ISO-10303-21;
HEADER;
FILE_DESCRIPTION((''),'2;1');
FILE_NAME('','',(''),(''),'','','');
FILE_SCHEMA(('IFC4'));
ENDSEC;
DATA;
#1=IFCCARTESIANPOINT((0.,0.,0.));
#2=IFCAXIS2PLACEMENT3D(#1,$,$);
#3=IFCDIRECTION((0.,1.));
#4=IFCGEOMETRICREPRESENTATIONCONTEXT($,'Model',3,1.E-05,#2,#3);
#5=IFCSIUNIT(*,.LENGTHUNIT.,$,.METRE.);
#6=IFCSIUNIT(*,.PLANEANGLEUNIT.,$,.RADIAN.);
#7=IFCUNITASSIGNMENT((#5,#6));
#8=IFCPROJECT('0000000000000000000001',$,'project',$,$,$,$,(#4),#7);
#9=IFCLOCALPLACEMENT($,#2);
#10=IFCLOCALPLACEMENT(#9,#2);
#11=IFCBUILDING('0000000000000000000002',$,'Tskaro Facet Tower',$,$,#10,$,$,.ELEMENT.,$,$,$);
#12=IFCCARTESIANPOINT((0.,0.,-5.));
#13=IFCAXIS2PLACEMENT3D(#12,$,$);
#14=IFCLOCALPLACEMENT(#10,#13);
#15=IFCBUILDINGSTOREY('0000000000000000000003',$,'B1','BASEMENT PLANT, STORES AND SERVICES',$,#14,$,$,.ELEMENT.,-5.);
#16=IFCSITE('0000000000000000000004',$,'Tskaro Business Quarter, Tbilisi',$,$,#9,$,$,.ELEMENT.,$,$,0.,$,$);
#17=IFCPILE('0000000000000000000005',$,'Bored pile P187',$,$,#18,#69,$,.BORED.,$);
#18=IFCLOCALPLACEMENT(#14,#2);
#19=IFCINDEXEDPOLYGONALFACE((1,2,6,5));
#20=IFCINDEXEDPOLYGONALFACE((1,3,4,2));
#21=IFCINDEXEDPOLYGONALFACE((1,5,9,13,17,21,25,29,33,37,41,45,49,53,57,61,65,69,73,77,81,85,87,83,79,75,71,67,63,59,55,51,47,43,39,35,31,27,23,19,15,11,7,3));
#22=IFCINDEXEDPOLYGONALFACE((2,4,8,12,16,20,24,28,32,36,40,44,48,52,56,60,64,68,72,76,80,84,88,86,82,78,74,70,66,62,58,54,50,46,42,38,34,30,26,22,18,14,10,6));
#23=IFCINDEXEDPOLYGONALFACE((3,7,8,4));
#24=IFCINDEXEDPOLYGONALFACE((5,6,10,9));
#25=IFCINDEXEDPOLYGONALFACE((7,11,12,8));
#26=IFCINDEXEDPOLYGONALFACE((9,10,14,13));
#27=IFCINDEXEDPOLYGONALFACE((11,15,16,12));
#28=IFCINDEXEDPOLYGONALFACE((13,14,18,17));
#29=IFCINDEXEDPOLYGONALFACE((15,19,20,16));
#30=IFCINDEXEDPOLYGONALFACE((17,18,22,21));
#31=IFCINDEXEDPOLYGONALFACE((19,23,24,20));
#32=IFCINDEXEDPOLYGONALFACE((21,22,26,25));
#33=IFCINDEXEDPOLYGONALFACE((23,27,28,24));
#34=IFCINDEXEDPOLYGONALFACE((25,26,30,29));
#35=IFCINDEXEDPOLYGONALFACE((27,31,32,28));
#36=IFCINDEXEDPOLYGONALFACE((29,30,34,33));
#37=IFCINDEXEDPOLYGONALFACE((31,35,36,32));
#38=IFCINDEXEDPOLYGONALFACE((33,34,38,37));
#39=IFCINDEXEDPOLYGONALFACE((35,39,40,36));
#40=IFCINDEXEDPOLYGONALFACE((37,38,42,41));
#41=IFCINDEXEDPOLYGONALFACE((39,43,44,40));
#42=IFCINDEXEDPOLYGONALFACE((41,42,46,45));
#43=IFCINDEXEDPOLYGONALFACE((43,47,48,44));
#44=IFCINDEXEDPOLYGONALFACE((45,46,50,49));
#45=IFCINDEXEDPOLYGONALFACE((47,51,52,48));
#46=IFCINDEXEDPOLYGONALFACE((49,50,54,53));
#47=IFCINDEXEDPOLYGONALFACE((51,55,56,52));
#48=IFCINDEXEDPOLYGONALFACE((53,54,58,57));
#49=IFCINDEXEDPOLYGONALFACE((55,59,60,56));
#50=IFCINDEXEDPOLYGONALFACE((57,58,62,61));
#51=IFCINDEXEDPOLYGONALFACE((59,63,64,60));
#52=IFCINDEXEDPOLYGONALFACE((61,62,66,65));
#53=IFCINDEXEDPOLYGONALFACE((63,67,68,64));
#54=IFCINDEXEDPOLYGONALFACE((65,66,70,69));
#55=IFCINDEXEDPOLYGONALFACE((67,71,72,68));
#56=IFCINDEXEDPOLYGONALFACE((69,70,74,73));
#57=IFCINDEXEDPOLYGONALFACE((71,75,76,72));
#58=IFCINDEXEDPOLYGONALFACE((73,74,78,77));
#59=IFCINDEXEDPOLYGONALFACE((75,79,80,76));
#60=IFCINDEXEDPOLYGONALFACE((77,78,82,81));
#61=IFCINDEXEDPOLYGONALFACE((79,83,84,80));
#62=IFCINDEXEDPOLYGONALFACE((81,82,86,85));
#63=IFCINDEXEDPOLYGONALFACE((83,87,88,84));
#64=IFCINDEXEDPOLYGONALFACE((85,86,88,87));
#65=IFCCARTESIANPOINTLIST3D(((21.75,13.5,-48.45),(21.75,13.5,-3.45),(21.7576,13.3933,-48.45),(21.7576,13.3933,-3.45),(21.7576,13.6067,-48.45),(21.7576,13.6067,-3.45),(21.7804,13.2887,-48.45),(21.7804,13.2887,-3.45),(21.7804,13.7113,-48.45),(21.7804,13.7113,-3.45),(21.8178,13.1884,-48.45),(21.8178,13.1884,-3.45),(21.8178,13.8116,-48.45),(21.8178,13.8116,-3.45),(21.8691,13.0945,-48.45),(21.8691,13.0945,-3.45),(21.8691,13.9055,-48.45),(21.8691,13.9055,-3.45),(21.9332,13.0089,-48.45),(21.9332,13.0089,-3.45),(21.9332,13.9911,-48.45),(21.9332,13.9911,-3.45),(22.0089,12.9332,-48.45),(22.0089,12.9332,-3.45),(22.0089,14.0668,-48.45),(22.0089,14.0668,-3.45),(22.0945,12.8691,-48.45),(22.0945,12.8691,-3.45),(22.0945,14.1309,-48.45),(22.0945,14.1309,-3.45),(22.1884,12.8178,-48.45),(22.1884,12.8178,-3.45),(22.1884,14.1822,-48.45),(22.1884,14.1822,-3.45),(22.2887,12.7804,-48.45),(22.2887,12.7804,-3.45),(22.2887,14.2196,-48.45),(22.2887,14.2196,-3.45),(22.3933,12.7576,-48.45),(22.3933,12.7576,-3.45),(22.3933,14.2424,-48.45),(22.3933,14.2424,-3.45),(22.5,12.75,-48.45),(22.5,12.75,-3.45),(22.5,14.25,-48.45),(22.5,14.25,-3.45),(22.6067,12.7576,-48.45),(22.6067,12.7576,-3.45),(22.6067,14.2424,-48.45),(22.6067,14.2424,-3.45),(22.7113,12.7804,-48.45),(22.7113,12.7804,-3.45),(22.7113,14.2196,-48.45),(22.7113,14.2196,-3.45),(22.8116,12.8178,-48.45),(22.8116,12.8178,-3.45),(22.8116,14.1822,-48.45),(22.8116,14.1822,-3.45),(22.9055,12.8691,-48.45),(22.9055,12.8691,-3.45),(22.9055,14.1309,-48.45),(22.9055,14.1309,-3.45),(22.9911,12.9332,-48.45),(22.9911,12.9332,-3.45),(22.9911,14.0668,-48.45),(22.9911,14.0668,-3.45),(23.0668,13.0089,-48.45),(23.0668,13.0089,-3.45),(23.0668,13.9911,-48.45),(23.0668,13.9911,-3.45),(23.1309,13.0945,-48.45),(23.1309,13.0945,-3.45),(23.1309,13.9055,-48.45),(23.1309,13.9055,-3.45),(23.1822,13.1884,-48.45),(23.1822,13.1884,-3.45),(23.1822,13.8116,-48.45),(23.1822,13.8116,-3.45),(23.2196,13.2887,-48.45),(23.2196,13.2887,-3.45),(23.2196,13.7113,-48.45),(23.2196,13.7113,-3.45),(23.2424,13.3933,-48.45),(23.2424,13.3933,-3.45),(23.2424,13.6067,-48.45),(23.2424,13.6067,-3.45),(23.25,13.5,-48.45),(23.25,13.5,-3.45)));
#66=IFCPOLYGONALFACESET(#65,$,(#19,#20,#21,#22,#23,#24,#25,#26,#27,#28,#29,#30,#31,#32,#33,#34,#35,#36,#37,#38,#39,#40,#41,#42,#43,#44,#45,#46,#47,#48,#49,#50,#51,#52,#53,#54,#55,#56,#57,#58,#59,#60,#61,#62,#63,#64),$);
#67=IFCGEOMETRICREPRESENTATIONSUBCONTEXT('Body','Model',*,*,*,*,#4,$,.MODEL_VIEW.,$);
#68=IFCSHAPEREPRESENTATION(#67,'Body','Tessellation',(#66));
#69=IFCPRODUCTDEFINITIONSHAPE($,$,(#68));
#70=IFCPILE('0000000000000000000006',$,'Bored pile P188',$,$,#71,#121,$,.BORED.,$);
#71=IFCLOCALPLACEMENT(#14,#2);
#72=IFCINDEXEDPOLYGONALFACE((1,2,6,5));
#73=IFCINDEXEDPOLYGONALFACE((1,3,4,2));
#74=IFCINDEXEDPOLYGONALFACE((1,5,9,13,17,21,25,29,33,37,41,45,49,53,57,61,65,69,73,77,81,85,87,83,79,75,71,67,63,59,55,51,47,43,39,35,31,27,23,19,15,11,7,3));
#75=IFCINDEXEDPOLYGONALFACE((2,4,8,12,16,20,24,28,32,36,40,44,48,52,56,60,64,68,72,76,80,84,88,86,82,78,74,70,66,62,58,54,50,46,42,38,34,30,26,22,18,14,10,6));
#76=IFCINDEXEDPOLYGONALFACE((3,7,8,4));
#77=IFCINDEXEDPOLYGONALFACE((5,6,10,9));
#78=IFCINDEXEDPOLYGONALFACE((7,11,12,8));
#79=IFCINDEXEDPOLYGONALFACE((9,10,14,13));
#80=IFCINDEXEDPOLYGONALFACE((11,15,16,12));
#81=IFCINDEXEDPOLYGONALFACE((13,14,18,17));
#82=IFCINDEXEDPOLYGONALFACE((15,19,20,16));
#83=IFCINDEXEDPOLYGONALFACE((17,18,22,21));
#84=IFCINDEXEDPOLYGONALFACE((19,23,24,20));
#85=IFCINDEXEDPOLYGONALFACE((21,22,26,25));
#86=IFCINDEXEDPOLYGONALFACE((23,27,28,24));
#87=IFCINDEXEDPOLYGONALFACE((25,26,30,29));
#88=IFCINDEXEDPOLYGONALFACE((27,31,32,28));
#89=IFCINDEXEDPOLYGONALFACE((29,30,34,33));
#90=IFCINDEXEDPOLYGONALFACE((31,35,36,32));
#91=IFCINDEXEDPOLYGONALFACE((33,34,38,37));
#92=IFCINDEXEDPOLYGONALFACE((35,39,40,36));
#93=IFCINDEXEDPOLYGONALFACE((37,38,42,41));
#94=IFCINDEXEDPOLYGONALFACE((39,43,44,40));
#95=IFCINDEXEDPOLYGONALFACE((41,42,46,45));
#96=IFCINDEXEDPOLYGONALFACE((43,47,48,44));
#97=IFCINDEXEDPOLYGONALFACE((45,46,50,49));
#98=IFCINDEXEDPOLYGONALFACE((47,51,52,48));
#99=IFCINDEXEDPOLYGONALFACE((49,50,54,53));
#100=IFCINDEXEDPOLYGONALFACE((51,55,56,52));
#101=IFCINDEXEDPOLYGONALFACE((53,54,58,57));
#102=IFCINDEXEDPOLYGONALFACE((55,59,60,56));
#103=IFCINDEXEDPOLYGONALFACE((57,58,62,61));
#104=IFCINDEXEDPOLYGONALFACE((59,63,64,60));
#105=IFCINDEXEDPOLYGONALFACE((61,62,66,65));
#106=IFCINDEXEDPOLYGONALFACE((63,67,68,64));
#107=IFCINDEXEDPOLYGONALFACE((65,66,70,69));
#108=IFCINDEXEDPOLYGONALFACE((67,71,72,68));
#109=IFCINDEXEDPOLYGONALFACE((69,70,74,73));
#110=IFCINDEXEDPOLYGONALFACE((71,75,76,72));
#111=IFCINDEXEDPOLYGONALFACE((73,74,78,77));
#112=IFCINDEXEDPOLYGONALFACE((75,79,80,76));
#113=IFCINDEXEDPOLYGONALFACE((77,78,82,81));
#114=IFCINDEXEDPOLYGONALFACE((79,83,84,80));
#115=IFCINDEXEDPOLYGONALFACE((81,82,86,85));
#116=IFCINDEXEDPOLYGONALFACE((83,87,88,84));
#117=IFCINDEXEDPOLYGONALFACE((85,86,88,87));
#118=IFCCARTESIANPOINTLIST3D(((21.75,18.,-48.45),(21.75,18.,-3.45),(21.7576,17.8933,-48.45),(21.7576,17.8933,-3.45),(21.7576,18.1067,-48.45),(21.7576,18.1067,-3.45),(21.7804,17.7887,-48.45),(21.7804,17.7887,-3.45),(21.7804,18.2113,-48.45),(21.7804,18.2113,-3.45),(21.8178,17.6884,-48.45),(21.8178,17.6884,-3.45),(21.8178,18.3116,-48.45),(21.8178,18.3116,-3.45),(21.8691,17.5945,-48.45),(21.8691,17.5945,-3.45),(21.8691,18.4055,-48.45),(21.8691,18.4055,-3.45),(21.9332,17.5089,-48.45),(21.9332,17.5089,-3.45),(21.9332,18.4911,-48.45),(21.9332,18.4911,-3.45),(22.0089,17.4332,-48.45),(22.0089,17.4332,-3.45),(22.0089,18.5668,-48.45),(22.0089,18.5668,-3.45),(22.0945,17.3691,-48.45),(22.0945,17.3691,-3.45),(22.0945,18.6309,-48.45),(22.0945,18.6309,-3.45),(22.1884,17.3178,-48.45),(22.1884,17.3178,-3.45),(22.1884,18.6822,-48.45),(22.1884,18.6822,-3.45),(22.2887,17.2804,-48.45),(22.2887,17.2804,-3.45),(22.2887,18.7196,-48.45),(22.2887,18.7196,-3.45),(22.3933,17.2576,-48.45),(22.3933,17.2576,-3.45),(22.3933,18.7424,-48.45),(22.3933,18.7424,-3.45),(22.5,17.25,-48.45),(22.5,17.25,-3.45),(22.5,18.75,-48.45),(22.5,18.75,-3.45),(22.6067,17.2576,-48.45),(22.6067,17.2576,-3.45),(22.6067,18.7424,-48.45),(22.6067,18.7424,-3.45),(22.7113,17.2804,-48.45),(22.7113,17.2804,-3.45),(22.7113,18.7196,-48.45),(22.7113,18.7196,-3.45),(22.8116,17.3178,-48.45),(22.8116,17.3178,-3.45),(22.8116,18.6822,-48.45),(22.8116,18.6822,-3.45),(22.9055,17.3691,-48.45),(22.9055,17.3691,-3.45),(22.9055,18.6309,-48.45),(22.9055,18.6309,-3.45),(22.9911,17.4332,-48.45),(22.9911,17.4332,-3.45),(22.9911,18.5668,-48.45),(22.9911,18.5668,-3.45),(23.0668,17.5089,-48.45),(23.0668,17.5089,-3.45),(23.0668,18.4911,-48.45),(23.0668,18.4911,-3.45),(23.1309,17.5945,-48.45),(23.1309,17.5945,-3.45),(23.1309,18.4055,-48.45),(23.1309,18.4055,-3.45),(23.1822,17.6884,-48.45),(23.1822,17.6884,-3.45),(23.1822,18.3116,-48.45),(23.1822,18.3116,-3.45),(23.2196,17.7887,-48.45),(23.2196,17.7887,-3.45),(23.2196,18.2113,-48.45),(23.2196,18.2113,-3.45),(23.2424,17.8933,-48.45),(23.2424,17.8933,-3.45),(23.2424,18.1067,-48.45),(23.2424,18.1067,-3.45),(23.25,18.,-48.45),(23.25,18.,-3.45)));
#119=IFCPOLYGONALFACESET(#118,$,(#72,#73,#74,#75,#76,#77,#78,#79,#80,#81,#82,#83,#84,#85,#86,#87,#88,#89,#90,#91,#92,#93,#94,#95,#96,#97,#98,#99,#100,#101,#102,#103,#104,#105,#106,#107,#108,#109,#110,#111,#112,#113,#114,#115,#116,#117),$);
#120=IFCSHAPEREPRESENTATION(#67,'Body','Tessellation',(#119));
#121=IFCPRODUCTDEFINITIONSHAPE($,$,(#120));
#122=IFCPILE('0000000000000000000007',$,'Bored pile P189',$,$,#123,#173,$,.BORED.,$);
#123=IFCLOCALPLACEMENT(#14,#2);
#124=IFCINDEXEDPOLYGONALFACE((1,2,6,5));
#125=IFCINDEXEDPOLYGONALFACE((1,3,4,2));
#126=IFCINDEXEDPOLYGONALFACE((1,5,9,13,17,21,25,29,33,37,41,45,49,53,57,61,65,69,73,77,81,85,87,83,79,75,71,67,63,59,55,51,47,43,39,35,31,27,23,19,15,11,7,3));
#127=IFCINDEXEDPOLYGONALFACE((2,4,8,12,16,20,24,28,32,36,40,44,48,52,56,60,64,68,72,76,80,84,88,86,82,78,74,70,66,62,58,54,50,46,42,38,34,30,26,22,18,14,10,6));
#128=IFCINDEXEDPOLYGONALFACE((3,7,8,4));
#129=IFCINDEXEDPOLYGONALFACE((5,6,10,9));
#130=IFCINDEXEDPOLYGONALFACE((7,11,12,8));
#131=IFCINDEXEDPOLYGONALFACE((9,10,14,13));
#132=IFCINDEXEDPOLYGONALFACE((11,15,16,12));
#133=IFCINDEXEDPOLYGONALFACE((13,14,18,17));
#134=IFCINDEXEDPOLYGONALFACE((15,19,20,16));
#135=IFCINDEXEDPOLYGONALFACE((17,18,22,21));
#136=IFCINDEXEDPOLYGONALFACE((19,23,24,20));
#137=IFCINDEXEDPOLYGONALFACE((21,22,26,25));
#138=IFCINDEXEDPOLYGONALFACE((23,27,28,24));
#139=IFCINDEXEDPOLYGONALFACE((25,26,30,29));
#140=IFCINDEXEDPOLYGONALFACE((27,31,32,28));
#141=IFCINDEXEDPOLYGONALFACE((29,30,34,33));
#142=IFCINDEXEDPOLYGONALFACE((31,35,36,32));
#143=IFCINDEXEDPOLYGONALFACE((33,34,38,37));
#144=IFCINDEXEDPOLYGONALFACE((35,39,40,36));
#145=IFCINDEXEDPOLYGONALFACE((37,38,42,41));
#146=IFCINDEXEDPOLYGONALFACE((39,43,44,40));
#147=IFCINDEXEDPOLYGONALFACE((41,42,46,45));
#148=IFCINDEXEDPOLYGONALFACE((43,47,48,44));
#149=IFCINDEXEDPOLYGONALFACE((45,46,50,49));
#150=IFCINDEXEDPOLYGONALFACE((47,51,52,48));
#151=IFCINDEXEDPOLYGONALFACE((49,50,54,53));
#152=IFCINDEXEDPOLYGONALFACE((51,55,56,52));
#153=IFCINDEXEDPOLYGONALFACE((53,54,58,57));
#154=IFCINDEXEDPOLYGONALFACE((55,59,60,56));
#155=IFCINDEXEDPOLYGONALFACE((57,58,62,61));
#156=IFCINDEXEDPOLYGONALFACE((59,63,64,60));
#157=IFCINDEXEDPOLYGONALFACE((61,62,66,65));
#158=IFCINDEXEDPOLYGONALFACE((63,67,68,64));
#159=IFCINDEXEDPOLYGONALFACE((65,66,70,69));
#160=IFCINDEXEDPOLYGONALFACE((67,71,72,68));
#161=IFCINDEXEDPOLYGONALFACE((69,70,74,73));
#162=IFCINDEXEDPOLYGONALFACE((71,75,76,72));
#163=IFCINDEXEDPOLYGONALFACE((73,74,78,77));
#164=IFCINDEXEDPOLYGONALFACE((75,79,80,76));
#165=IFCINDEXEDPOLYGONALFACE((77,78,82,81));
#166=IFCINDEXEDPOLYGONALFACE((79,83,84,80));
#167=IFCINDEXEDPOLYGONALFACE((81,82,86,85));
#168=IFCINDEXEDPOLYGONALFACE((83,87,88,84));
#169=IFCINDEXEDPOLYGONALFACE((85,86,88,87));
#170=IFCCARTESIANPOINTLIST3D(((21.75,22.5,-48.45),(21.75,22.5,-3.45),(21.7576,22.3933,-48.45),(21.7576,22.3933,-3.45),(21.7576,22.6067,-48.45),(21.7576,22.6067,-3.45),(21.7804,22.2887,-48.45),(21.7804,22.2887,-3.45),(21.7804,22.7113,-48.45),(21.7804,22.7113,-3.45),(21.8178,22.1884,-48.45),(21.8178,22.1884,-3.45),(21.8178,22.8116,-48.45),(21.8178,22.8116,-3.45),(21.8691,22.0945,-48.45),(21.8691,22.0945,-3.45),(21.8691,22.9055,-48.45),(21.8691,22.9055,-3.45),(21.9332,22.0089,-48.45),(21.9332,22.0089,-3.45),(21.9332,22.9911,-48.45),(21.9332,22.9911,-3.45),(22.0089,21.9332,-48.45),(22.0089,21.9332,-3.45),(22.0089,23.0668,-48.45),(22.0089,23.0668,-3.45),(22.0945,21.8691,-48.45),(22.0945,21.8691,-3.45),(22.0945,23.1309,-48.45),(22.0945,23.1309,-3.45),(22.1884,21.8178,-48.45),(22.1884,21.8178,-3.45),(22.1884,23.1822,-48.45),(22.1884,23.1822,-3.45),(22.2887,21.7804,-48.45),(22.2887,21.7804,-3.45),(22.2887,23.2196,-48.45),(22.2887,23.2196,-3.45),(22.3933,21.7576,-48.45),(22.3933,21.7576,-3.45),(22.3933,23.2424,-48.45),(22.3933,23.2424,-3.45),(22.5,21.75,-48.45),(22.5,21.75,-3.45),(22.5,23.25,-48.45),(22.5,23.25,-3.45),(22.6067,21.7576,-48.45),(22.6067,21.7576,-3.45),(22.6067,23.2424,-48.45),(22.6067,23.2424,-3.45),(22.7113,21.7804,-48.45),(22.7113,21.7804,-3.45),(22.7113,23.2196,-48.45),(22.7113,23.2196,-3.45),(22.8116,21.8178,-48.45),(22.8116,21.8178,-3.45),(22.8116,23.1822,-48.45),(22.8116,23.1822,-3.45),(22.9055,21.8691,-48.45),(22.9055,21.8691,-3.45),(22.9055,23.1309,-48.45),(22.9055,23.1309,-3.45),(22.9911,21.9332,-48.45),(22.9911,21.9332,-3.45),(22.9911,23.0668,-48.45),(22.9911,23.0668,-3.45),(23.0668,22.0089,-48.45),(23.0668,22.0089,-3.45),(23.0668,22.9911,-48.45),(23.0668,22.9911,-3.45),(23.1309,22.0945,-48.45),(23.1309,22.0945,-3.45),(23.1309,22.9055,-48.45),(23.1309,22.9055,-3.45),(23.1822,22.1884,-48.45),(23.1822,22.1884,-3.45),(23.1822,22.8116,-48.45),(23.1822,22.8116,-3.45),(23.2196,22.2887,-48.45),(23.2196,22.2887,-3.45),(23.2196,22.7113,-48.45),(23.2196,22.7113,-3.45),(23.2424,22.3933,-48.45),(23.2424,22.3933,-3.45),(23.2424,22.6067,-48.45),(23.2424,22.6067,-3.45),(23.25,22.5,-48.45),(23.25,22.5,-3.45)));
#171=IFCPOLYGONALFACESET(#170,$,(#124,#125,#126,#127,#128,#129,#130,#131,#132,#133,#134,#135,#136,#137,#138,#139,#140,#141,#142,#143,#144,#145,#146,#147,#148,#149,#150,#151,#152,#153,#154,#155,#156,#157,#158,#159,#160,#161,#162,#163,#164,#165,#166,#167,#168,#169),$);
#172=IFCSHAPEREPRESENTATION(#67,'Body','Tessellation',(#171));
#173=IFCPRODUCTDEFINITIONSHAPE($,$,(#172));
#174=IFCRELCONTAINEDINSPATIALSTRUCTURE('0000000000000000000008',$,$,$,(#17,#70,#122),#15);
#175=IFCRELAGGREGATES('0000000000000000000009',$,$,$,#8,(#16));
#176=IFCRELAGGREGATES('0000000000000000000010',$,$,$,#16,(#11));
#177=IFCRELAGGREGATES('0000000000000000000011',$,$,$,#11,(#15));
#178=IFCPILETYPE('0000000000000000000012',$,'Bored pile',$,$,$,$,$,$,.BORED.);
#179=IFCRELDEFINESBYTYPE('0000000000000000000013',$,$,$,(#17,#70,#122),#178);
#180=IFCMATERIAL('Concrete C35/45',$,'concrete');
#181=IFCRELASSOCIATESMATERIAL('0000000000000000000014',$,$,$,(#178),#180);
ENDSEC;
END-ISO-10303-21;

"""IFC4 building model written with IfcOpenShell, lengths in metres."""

from ifc_helpers import new_model, si_unit, direction, frame, origin, origin_2d, place, context, subcontext, project, spatial, circle, extrude, material, material_profile, profile_set, type_object, element, save


model = new_model("IFC4")

# Units and contexts
model_context = context("Model", 3, precision=1e-05, world=origin(), true_north=direction((0.0, 1.0)))
body_context = subcontext(model_context, "Body", "Model", "MODEL_VIEW")
ifc_project = project(units=[si_unit("LENGTHUNIT", "METRE"), si_unit("PLANEANGLEUNIT", "RADIAN")], contexts=[model_context])

# Site, building, storey
site_placement = place(None, origin())
site = spatial("IfcSite", under=ifc_project, at=site_placement, Name="Tskaro Business Quarter, Tbilisi", CompositionType="ELEMENT", RefElevation=0.0)
building_placement = place(site_placement, origin())
building = spatial("IfcBuilding", under=site, at=building_placement, Name="Tskaro Facet Tower", CompositionType="ELEMENT")
storey_placement = place(building_placement, frame((0.0, 0.0, -5.0)))
storey = spatial("IfcBuildingStorey", under=building, at=storey_placement, Name="B1", Description="BASEMENT PLANT, STORES AND SERVICES", CompositionType="ELEMENT", Elevation=-5.0)

# Piles
ifc_material_1 = material(Name="Concrete C35/45", Category="concrete")
ifc_material_profile_1 = material_profile(ifc_material_1, circle(Radius=0.75, at=origin_2d()), Name="Bored pile")
ifc_profile_set_1 = profile_set([ifc_material_profile_1], Name="Concrete C35/45")
pile_type = type_object("IfcPileType", Name="Bored pile", PredefinedType="BORED", material=ifc_profile_set_1)
for number, where, z_axis, x_axis, name in (
    (1, (22.5, 13.5, -3.45), (0.0, 0.0, -1.0), (1.0, 0.0, 0.0), "Bored pile P187"),
    (2, (22.5, 18.0, -3.45), (0.0, 0.0, -1.0), (1.0, 0.0, 0.0), "Bored pile P188"),
    (3, (22.5, 22.5, -3.45), (0.0, 0.0, -1.0), (1.0, 0.0, 0.0), "Bored pile P189"),
):
    element("IfcPile", number, at=place(storey_placement, frame(where, z_axis=z_axis, x_axis=x_axis)), inside=storey, type_object=pile_type, Name=name, PredefinedType="BORED", context=body_context, shape_type="SweptSolid", body=[
        extrude(circle(Radius=0.75, at=origin_2d()), origin(), (0.0, 0.0, 1.0), 45.0),
    ])

save(model, "model.ifc")
